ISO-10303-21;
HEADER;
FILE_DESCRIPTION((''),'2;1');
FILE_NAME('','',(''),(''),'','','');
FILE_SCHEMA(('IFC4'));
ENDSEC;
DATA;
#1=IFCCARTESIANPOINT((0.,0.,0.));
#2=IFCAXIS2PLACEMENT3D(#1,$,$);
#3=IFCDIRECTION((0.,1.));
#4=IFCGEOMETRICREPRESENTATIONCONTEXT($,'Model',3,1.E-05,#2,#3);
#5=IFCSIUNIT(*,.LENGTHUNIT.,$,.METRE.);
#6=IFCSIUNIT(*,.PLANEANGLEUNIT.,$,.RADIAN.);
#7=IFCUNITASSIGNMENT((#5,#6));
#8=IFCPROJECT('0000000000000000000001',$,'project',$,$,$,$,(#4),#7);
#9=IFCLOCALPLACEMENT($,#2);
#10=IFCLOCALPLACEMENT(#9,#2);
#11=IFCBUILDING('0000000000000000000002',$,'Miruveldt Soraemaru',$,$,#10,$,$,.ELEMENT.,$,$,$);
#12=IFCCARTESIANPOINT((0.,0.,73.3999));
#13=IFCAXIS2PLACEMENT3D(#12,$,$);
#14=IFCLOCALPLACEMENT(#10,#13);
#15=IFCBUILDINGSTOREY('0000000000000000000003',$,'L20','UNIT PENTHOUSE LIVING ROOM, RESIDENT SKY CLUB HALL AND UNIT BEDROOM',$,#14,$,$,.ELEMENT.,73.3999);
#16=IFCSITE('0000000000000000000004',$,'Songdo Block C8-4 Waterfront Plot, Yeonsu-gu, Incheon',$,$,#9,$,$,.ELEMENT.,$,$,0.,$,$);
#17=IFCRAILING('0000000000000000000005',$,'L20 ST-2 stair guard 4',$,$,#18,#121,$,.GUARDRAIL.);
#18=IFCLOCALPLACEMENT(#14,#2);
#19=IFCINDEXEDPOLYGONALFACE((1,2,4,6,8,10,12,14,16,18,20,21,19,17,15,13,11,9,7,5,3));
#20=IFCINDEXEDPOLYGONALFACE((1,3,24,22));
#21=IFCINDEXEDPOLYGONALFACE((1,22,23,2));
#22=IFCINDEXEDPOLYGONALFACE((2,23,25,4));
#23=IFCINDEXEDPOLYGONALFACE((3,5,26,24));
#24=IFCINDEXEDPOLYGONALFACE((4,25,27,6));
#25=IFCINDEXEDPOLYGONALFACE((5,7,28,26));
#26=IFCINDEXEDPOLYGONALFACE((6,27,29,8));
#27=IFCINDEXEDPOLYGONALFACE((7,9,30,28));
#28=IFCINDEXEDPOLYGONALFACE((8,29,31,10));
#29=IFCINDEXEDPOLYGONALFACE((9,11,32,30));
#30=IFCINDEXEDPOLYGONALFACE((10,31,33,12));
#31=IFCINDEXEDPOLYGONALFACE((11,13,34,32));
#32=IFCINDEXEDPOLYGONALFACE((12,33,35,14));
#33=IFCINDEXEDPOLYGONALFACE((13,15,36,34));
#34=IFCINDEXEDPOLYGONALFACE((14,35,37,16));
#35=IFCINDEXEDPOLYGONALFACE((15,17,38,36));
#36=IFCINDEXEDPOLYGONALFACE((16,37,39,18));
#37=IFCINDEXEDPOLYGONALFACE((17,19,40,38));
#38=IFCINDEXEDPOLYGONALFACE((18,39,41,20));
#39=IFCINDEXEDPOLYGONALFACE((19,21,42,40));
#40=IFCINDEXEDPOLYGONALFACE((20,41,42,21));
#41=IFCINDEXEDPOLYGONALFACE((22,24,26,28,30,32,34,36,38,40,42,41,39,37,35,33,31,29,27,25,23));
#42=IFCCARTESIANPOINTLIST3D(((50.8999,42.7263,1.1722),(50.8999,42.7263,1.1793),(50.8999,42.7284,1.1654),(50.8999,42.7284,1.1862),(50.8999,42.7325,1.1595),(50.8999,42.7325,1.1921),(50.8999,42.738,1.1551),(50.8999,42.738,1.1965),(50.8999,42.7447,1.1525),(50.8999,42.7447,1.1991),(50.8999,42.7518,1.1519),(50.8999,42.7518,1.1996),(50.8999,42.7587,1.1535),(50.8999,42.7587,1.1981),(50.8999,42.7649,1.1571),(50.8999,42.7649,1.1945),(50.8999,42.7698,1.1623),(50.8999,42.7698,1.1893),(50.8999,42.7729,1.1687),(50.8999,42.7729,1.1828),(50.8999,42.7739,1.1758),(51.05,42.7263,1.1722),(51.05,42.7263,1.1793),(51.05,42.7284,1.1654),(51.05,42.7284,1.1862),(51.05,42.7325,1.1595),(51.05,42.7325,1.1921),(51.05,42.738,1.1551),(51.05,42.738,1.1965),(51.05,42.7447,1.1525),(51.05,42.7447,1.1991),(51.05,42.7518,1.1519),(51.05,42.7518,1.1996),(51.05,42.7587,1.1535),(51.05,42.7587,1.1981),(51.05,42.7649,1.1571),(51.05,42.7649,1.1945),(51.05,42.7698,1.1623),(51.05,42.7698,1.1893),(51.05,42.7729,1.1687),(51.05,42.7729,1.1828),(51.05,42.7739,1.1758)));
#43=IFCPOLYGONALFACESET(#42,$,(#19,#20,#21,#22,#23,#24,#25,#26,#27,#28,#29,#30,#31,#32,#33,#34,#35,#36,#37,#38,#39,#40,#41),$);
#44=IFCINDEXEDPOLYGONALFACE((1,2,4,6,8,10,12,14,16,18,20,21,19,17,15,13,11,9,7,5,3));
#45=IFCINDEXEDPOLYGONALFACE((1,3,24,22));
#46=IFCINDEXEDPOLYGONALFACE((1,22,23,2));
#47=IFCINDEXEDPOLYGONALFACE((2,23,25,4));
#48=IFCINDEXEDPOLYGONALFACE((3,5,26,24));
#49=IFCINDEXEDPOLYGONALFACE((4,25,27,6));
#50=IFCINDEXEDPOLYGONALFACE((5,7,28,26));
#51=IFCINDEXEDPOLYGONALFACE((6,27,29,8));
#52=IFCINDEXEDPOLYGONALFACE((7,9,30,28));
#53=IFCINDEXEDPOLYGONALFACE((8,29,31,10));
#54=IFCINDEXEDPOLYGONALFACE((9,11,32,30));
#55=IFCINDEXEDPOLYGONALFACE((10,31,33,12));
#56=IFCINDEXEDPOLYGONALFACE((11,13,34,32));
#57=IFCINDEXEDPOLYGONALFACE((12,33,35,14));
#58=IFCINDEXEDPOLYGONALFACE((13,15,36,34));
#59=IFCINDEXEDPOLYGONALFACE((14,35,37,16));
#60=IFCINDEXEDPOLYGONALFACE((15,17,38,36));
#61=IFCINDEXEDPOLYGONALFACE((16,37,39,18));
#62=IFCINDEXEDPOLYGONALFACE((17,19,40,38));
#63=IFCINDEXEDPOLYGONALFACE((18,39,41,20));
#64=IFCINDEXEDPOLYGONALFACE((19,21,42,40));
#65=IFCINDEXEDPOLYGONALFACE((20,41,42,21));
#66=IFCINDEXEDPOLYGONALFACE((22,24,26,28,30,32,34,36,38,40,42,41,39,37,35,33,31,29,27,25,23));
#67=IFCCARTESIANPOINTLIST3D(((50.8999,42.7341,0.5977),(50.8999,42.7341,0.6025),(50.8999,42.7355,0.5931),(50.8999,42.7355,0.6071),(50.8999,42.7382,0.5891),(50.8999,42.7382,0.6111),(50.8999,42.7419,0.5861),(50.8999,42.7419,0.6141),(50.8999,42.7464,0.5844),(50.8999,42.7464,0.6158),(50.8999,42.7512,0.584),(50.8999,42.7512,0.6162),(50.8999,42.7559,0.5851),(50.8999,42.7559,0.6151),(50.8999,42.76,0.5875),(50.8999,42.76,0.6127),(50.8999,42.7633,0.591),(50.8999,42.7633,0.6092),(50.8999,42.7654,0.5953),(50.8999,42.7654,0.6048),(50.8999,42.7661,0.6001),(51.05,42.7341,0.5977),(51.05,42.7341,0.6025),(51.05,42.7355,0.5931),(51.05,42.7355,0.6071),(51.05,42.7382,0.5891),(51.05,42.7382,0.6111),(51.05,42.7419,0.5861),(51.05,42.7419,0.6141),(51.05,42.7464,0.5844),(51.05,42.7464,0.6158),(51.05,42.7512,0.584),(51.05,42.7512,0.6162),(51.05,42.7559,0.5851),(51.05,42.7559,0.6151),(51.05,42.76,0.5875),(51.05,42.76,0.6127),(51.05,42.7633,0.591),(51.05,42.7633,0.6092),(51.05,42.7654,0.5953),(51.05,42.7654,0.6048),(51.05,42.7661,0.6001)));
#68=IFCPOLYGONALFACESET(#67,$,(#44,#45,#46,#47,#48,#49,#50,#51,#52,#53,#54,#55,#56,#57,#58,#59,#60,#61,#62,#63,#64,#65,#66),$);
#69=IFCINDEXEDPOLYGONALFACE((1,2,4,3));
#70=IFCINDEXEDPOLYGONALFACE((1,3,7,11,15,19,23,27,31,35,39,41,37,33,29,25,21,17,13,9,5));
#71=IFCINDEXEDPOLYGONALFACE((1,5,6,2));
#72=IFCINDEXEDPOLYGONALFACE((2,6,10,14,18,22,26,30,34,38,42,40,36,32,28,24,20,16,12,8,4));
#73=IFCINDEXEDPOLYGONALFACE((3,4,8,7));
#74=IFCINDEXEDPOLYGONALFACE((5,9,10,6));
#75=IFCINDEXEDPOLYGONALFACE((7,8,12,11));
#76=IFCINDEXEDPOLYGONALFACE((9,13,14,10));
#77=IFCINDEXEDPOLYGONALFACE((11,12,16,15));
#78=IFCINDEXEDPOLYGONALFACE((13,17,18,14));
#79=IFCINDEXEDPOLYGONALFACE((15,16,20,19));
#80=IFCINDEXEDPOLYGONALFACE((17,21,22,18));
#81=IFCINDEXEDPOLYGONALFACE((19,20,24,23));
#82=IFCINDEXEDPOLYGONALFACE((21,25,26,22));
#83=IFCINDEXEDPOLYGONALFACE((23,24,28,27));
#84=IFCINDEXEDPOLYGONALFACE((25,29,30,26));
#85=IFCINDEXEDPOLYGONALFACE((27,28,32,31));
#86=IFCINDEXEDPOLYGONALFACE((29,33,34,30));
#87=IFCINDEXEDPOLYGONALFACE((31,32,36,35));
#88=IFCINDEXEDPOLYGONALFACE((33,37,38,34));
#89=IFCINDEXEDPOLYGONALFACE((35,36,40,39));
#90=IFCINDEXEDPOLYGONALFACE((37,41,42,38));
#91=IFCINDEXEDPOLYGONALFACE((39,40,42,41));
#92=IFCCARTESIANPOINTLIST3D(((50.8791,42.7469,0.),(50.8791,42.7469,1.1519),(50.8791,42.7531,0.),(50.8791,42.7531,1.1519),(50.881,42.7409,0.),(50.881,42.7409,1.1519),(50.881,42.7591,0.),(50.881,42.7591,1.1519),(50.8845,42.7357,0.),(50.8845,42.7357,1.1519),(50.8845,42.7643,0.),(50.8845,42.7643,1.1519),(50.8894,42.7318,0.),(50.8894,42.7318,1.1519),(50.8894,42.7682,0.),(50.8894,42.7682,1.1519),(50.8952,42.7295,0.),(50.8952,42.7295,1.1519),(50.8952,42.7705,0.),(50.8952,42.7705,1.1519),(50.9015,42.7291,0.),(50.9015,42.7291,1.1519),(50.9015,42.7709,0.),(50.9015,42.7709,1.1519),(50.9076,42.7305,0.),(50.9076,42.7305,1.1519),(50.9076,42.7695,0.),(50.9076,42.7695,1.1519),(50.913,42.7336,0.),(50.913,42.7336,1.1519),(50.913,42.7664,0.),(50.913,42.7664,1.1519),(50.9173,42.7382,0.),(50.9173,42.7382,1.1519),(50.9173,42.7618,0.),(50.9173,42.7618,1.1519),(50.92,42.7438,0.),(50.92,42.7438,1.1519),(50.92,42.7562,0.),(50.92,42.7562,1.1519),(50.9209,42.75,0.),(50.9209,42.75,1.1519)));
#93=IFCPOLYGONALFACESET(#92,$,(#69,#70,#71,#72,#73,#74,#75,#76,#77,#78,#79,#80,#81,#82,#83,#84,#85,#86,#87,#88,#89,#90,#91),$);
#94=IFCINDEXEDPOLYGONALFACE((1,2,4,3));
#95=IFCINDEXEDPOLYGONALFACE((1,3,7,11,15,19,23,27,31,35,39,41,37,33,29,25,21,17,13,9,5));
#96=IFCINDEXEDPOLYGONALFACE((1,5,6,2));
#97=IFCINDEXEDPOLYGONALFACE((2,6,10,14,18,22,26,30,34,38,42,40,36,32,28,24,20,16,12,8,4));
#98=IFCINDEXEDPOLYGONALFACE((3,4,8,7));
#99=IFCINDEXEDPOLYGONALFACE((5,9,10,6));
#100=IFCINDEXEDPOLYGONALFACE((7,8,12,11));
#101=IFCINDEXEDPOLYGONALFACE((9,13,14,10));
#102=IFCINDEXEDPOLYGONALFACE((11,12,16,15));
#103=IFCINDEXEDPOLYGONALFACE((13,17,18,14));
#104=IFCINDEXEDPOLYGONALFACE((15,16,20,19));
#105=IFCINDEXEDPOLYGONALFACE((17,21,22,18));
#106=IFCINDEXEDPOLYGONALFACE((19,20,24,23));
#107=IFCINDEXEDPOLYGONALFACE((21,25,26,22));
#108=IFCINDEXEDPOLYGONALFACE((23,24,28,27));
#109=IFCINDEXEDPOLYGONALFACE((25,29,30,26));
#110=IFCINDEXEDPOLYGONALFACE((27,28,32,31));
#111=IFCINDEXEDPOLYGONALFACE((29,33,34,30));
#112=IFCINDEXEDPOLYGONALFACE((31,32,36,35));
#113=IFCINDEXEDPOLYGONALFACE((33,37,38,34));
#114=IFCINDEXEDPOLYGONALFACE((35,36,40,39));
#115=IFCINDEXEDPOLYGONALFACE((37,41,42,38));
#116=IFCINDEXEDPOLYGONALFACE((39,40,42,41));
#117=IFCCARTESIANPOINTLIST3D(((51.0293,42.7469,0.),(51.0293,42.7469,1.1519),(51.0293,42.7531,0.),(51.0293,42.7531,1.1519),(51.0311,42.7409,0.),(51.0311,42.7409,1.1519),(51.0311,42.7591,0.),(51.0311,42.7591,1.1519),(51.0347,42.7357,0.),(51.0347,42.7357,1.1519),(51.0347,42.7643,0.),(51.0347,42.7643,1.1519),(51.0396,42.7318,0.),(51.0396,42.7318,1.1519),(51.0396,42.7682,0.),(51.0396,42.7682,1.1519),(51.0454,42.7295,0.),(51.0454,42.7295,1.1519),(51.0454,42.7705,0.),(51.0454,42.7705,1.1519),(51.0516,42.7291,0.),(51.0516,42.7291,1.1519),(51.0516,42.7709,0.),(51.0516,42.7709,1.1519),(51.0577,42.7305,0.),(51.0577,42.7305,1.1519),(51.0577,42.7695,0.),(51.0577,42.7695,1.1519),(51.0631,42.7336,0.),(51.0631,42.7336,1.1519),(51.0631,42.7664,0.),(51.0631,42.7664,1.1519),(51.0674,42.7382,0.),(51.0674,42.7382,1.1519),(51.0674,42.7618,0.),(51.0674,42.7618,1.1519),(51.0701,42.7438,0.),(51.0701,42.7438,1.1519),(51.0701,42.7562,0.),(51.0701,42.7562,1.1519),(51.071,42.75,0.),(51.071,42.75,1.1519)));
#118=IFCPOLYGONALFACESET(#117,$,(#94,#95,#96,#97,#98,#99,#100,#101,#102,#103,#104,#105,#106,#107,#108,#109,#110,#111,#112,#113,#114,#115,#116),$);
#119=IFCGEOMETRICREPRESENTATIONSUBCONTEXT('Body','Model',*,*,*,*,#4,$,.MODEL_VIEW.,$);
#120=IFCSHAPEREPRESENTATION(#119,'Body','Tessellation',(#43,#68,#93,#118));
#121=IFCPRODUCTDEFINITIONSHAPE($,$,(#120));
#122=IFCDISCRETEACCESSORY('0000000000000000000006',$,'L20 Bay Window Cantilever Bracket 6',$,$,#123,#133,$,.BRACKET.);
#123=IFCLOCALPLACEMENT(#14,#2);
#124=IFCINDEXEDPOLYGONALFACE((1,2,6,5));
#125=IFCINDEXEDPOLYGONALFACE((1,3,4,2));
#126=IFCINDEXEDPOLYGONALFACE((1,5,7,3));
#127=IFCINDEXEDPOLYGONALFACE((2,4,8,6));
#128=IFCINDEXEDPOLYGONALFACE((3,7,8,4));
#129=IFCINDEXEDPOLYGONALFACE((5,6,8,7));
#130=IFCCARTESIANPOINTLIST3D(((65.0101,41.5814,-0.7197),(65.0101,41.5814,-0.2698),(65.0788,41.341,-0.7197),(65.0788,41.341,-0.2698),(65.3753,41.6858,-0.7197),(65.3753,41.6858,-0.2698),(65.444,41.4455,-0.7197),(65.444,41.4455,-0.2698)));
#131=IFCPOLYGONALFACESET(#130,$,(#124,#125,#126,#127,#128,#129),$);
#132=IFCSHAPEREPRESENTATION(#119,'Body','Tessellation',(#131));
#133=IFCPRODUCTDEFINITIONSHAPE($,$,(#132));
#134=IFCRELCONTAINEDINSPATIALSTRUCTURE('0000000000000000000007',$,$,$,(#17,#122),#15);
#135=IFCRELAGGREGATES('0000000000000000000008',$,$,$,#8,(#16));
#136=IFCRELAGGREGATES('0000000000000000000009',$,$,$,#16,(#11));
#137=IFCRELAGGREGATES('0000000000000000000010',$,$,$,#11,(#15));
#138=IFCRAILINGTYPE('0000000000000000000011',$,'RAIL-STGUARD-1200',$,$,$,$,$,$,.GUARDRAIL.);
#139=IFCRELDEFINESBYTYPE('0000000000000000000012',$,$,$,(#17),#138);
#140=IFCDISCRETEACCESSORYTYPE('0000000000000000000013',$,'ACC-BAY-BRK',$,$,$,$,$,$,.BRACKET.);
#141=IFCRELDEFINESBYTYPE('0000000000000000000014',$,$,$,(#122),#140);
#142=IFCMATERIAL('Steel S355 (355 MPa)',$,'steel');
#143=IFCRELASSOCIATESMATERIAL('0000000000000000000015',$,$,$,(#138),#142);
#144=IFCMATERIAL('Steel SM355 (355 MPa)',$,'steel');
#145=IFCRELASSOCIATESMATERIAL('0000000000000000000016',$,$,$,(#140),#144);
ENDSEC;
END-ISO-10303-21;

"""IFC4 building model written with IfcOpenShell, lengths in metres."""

from ifc_helpers import new_model, si_unit, direction, frame, origin, origin_2d, place, context, subcontext, project, spatial, rectangle, circle, extrude, material, type_object, element, save


model = new_model("IFC4")

# Units and contexts
model_context = context("Model", 3, precision=1e-05, world=origin(), true_north=direction((0.0, 1.0)))
body_context = subcontext(model_context, "Body", "Model", "MODEL_VIEW")
ifc_project = project(units=[si_unit("LENGTHUNIT", "METRE"), si_unit("PLANEANGLEUNIT", "RADIAN")], contexts=[model_context])

# Site, building, storey
site_placement = place(None, origin())
site = spatial("IfcSite", under=ifc_project, at=site_placement, Name="Songdo Block C8-4 Waterfront Plot, Yeonsu-gu, Incheon", CompositionType="ELEMENT", RefElevation=0.0)
building_placement = place(site_placement, origin())
building = spatial("IfcBuilding", under=site, at=building_placement, Name="Miruveldt Soraemaru", CompositionType="ELEMENT")
storey_placement = place(building_placement, frame((0.0, 0.0, 73.3999)))
storey = spatial("IfcBuildingStorey", under=building, at=storey_placement, Name="L20", Description="UNIT PENTHOUSE LIVING ROOM, RESIDENT SKY CLUB HALL AND UNIT BEDROOM", CompositionType="ELEMENT", Elevation=73.3999)

# Railing
ifc_material_1 = material(Name="Steel S355 (355 MPa)", Category="steel")
railing_type_1 = type_object("IfcRailingType", Name="RAIL-STGUARD-1200", PredefinedType="GUARDRAIL", material=ifc_material_1)
railing_1_placement = place(storey_placement, frame((50.8999, 42.75, 0.0)))
element("IfcRailing", 1, at=railing_1_placement, inside=storey, type_object=railing_type_1, Name="L20 ST-2 stair guard 4", PredefinedType="GUARDRAIL", context=body_context, shape_type="SweptSolid", body=[
    extrude(circle(Radius=0.0239, at=origin_2d()), frame((0.0, 0.0, 1.1758), z_axis=(1.0, 0.0, 0.0), x_axis=(0.0, 1.0, 0.0)), (0.0, 0.0, 1.0), 0.1501),
    extrude(circle(Radius=0.0161, at=origin_2d()), frame((0.0, 0.0, 0.6001), z_axis=(1.0, 0.0, 0.0), x_axis=(0.0, 1.0, 0.0)), (0.0, 0.0, 1.0), 0.1501),
    extrude(circle(Radius=0.021, at=origin_2d()), origin(), (0.0, 0.0, 1.0), 1.1519),
    extrude(circle(Radius=0.021, at=origin_2d()), frame((0.1501, 0.0, 0.0)), (0.0, 0.0, 1.0), 1.1519),
])

# Discrete accessory
ifc_material_2 = material(Name="Steel SM355 (355 MPa)", Category="steel")
discrete_accessory_type = type_object("IfcDiscreteAccessoryType", Name="ACC-BAY-BRK", PredefinedType="BRACKET", material=ifc_material_2)
discrete_accessory_placement = place(storey_placement, frame((65.2271, 41.5134, -0.7197), z_axis=(0.0, 0.0, 1.0), x_axis=(0.961449, 0.274983, 0.0)))
element("IfcDiscreteAccessory", 2, at=discrete_accessory_placement, inside=storey, type_object=discrete_accessory_type, Name="L20 Bay Window Cantilever Bracket 6", PredefinedType="BRACKET", context=body_context, shape_type="SweptSolid", body=[
    extrude(rectangle(XDim=0.3799, YDim=0.25, at=origin_2d()), origin(), (0.0, 0.0, 1.0), 0.45),
])

save(model, "model.ifc")
